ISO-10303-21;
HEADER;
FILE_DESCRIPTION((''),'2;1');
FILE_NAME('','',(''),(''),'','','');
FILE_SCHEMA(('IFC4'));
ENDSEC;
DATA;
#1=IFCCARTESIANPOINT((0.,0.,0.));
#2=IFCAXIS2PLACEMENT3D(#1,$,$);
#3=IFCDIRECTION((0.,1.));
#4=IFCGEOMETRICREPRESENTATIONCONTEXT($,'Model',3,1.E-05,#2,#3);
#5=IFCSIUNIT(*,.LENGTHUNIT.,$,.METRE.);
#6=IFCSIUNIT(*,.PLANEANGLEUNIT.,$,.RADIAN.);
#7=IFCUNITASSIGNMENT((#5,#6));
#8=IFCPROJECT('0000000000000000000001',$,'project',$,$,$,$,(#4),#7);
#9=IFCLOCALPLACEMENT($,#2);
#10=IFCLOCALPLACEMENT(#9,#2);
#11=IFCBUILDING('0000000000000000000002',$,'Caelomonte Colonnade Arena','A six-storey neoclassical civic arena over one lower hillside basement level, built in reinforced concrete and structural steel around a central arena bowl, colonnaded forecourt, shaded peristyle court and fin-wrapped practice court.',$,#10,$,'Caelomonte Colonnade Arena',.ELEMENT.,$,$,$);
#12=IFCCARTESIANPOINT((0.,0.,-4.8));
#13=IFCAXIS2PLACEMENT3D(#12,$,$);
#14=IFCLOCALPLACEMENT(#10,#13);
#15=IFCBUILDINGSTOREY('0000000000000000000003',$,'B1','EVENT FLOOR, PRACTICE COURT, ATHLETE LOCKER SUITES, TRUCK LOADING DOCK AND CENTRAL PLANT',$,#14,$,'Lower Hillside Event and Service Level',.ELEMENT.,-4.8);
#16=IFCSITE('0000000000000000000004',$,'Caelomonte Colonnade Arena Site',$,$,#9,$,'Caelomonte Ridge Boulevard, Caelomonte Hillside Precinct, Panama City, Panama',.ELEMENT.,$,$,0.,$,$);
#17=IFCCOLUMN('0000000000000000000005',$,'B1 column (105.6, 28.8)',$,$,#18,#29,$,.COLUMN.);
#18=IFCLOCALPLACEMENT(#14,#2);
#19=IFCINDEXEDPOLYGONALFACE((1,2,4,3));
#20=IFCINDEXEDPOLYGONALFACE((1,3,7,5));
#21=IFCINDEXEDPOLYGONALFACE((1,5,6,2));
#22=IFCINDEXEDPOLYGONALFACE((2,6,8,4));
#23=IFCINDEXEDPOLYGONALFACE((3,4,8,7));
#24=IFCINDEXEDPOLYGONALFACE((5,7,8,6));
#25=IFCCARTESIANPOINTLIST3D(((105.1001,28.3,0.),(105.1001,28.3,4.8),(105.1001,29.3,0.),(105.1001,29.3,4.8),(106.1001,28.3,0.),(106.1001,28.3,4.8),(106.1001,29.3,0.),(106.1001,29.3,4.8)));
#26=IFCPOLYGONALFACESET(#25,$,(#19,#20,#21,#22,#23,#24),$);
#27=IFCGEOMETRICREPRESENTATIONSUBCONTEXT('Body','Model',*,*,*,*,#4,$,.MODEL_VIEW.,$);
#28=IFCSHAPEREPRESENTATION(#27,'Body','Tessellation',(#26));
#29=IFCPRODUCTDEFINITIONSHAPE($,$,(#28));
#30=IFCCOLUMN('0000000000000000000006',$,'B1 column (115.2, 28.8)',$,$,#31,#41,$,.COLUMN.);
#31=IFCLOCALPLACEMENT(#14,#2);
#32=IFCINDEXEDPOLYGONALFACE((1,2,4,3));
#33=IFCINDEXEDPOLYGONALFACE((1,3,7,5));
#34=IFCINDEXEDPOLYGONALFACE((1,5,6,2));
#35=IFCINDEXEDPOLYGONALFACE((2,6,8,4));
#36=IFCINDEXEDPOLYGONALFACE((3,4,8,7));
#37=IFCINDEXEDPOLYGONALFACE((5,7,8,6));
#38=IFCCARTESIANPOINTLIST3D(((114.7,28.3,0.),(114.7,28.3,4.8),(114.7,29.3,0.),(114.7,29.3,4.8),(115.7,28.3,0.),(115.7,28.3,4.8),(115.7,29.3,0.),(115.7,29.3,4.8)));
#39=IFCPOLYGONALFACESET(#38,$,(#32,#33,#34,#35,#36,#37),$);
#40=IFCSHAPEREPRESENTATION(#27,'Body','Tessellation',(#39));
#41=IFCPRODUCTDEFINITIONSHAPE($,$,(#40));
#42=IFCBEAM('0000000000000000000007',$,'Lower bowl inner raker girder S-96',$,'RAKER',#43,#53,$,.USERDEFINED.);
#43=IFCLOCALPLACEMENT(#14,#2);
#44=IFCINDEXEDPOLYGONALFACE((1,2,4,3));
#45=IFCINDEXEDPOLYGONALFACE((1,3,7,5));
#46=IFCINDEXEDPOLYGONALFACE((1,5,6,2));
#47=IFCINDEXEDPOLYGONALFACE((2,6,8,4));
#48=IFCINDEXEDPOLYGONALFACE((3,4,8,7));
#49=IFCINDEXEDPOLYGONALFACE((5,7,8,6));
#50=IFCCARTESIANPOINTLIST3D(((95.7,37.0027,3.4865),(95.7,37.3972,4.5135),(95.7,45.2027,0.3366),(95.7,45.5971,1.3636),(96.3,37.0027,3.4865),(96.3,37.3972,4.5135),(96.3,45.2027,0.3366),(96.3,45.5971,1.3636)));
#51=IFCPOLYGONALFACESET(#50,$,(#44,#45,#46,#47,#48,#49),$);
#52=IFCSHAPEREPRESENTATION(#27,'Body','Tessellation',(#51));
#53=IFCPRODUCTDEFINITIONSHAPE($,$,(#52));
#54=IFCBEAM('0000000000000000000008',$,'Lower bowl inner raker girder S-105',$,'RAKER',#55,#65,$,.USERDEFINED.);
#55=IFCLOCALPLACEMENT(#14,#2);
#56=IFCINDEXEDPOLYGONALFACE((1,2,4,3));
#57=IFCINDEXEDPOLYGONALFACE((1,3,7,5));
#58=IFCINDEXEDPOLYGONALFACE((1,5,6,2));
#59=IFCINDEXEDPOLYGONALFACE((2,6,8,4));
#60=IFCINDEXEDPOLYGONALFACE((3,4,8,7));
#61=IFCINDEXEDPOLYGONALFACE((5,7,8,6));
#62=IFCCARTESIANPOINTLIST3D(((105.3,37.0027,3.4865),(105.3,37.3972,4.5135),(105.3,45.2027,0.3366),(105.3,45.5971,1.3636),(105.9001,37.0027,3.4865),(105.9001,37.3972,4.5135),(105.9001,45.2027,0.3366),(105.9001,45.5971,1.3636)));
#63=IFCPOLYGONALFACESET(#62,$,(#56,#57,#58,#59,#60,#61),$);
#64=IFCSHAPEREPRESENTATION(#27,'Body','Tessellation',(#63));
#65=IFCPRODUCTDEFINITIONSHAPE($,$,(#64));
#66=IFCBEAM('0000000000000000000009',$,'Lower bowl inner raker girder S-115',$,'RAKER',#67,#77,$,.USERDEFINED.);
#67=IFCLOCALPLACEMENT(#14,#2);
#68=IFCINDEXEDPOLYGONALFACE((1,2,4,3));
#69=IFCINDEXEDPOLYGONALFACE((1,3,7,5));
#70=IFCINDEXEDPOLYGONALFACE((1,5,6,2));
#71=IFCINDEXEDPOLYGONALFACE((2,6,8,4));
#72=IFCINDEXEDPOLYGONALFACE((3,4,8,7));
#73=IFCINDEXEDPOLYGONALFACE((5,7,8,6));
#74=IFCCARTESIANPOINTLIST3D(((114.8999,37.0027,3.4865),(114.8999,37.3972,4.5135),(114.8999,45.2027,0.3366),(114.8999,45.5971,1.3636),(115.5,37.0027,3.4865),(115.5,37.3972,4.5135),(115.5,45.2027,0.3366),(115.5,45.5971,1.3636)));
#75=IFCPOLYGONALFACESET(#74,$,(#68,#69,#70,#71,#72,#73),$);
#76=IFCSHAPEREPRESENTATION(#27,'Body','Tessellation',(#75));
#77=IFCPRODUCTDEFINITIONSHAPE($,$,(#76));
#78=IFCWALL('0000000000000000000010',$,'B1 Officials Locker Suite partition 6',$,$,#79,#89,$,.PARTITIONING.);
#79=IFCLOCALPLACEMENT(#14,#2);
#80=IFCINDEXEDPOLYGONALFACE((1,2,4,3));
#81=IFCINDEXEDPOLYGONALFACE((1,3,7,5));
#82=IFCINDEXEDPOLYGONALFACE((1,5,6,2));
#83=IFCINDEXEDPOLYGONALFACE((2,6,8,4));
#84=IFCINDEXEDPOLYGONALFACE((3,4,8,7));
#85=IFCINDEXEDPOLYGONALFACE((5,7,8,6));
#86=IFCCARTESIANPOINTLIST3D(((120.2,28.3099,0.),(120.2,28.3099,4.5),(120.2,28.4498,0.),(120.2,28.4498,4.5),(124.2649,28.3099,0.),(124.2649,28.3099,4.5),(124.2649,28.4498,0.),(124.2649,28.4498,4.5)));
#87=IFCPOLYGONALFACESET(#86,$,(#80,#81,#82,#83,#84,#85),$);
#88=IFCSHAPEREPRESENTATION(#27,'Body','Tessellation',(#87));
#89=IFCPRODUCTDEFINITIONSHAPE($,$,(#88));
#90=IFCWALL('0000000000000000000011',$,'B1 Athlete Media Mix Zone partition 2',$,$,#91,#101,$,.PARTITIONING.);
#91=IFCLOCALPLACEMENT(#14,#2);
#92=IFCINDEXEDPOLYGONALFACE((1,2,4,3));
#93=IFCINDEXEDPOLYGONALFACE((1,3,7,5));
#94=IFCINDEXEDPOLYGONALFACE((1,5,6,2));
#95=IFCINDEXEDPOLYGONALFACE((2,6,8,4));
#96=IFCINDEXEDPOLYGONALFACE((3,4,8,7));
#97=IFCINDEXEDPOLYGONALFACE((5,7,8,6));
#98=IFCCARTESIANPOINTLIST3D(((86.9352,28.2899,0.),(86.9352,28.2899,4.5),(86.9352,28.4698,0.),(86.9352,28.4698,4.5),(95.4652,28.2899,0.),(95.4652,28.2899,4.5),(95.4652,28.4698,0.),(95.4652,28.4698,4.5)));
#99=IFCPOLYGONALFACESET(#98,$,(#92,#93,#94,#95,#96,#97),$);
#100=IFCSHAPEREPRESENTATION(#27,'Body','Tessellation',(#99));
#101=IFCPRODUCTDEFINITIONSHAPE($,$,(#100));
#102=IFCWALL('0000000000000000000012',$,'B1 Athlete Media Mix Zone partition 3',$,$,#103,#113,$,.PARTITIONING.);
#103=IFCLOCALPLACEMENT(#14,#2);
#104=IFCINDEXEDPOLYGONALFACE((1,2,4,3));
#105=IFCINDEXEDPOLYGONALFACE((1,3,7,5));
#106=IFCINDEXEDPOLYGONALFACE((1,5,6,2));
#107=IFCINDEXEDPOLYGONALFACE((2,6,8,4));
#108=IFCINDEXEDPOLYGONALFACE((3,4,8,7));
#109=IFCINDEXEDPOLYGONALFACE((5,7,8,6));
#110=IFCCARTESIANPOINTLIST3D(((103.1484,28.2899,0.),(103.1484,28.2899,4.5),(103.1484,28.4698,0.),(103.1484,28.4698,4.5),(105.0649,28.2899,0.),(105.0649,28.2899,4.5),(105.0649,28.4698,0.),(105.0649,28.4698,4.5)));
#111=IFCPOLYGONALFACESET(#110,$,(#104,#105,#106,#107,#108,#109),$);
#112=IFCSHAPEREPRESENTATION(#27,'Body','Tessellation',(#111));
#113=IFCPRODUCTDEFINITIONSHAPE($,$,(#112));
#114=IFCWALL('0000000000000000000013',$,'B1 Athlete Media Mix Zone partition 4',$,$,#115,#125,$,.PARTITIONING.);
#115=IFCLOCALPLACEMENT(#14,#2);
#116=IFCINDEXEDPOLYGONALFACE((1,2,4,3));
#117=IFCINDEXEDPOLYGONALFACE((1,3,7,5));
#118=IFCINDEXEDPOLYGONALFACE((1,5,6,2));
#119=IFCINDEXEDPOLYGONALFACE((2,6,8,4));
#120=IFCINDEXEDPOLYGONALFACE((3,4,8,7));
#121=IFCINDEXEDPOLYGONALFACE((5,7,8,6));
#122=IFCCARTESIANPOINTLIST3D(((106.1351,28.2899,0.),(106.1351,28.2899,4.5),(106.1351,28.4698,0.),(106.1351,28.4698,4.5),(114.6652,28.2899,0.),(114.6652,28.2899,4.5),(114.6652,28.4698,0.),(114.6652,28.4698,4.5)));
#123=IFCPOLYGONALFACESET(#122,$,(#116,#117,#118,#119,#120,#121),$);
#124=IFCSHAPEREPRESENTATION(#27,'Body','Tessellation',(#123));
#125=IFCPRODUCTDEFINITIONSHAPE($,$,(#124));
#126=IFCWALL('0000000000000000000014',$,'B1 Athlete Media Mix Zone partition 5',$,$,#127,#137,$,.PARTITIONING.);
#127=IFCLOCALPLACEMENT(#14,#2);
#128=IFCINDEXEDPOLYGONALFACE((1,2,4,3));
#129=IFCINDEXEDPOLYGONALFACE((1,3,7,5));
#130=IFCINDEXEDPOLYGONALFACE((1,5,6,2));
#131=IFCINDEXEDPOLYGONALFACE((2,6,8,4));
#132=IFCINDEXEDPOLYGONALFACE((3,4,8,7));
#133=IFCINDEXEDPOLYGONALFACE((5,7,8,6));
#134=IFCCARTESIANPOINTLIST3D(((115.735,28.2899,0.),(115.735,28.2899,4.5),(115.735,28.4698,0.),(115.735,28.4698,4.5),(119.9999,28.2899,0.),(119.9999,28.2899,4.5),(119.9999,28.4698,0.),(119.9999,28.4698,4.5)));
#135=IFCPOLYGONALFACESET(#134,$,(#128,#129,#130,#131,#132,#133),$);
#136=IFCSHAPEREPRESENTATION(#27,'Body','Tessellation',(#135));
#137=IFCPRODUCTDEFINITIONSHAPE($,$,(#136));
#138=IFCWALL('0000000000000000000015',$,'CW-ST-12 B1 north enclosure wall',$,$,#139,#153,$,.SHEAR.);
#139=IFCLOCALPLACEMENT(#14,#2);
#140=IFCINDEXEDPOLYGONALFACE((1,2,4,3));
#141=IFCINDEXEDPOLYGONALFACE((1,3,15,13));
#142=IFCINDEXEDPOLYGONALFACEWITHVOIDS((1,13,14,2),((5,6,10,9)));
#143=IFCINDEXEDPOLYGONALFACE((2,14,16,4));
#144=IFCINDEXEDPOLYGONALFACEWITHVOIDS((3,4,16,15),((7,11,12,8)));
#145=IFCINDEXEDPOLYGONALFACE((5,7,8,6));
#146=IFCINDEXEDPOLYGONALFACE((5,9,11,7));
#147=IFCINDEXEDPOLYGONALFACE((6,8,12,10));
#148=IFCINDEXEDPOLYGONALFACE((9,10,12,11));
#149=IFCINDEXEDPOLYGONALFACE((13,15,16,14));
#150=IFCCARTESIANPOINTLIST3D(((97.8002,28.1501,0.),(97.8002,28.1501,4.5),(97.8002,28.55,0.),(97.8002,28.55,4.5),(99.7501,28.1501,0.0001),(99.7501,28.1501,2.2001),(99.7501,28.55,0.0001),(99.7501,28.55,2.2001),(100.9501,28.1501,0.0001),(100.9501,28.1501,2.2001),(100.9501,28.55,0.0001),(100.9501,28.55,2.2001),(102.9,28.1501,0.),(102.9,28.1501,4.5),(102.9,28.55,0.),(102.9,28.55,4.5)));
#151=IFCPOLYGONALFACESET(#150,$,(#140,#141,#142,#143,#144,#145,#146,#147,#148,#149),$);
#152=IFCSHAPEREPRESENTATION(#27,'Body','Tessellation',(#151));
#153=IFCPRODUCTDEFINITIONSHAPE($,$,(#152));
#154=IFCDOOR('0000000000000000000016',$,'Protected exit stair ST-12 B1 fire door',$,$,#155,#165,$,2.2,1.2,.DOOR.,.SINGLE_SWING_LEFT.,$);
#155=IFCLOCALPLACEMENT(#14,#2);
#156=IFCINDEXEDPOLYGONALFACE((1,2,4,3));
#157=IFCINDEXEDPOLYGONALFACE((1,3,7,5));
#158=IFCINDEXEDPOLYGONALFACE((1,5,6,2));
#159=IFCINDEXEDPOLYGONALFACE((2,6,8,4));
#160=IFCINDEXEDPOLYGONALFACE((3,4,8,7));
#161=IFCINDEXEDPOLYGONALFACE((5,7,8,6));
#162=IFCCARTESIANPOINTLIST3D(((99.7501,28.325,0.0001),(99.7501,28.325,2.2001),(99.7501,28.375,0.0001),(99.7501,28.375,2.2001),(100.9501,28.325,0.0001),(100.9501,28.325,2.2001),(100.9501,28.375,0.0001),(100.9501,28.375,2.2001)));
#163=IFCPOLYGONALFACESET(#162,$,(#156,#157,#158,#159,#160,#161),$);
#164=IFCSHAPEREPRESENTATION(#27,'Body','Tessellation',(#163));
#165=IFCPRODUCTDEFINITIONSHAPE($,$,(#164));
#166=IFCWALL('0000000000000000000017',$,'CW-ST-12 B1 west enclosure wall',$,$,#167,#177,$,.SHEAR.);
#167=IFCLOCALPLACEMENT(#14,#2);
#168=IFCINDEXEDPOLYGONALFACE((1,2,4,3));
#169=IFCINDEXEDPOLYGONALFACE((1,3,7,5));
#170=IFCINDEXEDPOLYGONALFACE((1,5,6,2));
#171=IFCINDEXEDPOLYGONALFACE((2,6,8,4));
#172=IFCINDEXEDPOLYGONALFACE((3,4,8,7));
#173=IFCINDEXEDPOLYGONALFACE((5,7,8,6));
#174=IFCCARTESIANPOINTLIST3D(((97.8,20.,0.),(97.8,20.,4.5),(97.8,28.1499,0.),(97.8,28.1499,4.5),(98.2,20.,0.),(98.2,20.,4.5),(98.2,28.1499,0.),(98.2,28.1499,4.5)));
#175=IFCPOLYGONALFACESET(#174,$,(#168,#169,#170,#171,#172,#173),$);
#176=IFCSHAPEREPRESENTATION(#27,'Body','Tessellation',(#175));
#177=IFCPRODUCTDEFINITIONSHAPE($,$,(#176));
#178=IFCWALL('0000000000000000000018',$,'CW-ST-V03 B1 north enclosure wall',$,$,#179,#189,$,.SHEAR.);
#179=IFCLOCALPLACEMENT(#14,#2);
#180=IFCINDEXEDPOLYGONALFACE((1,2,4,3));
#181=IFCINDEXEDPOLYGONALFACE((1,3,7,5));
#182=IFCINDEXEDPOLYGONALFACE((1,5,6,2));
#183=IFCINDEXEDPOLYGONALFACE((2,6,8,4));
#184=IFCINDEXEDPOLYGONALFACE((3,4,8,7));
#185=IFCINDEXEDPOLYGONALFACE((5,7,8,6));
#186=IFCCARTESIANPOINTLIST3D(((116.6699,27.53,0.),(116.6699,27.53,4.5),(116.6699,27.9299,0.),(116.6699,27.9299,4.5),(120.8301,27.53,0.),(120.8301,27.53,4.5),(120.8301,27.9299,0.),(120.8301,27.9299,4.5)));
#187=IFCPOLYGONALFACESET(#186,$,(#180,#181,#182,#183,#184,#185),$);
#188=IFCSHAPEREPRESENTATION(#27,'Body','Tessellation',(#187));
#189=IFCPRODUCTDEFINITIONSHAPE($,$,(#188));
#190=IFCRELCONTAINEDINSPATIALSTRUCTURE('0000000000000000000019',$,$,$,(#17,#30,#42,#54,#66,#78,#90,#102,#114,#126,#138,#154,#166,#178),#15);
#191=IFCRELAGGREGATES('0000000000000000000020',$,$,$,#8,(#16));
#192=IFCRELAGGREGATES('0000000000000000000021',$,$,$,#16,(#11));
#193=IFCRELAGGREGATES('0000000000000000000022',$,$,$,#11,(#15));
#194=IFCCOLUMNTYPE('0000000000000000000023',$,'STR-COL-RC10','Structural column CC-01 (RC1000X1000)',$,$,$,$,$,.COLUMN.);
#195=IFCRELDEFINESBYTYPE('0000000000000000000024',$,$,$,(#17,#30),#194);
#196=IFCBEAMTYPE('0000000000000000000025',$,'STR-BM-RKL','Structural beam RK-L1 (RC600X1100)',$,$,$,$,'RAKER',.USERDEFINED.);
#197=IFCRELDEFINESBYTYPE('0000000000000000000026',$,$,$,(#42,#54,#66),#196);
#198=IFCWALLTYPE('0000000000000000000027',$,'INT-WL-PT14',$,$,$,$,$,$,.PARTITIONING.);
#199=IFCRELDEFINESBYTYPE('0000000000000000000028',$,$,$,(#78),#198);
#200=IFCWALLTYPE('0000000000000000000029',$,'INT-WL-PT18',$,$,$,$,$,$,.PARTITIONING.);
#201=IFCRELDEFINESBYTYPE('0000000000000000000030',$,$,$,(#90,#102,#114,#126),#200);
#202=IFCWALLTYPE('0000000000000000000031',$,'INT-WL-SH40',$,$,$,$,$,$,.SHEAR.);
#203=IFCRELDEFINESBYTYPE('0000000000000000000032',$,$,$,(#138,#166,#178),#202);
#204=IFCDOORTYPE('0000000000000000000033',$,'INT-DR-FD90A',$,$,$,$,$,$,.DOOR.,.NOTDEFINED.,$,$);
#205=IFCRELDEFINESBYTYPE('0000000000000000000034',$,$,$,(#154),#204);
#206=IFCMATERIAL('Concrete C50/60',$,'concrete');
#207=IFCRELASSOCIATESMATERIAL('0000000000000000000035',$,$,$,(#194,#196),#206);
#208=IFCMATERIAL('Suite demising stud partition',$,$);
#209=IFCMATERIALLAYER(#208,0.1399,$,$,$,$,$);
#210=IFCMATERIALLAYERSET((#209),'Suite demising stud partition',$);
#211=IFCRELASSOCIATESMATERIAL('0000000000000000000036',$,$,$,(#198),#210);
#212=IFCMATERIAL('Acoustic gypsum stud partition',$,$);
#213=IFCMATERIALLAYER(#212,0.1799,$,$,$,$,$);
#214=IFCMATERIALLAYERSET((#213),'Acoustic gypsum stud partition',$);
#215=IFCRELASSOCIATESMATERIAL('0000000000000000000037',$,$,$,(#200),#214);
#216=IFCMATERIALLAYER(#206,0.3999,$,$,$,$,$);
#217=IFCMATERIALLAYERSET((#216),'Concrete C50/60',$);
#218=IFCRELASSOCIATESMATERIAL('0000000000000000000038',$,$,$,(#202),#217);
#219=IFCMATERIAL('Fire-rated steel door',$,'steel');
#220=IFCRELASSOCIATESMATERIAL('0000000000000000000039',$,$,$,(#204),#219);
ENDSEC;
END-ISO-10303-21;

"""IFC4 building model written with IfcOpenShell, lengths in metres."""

from ifc_helpers import new_model, si_unit, direction, frame, frame_2d, origin, origin_2d, place, context, subcontext, project, spatial, rectangle, extrude, material, layer, layer_set, material_profile, profile_set, type_object, element, fill, save


model = new_model("IFC4")

# Units and contexts
model_context = context("Model", 3, precision=1e-05, world=origin(), true_north=direction((0.0, 1.0)))
body_context = subcontext(model_context, "Body", "Model", "MODEL_VIEW")
ifc_project = project(units=[si_unit("LENGTHUNIT", "METRE"), si_unit("PLANEANGLEUNIT", "RADIAN")], contexts=[model_context])

# Site, building, storey
site_placement = place(None, origin())
site = spatial("IfcSite", under=ifc_project, at=site_placement, Name="Caelomonte Colonnade Arena Site", LongName="Caelomonte Ridge Boulevard, Caelomonte Hillside Precinct, Panama City, Panama", CompositionType="ELEMENT", RefElevation=0.0)
building_placement = place(site_placement, origin())
building = spatial("IfcBuilding", under=site, at=building_placement, Name="Caelomonte Colonnade Arena", Description="A six-storey neoclassical civic arena over one lower hillside basement level, built in reinforced concrete and structural steel around a central arena bowl, colonnaded forecourt, shaded peristyle court and fin-wrapped practice court.", LongName="Caelomonte Colonnade Arena", CompositionType="ELEMENT")
storey_placement = place(building_placement, frame((0.0, 0.0, -4.8)))
storey = spatial("IfcBuildingStorey", under=building, at=storey_placement, Name="B1", Description="EVENT FLOOR, PRACTICE COURT, ATHLETE LOCKER SUITES, TRUCK LOADING DOCK AND CENTRAL PLANT", LongName="Lower Hillside Event and Service Level", CompositionType="ELEMENT", Elevation=-4.8)

# Columns
ifc_material_1 = material(Name="Concrete C50/60", Category="concrete")
ifc_material_profile_1 = material_profile(ifc_material_1, rectangle(XDim=1.0, YDim=1.0, at=origin_2d()), Name="RC1000X1000")
ifc_profile_set_1 = profile_set([ifc_material_profile_1], Name="Concrete C50/60")
column_type_1 = type_object("IfcColumnType", Name="STR-COL-RC10", Description="Structural column CC-01 (RC1000X1000)", PredefinedType="COLUMN", material=ifc_profile_set_1)
for number, where, z_axis, x_axis, name in (
    (1, (105.6001, 28.8, 0.0), (0.0, 0.0, 1.0), (1.0, 0.0, 0.0), "B1 column (105.6, 28.8)"),
    (2, (115.2, 28.8, 0.0), (0.0, 0.0, 1.0), (1.0, 0.0, 0.0), "B1 column (115.2, 28.8)"),
):
    element("IfcColumn", number, at=place(storey_placement, frame(where, z_axis=z_axis, x_axis=x_axis)), inside=storey, type_object=column_type_1, Name=name, PredefinedType="COLUMN", context=body_context, shape_type="SweptSolid", body=[
        extrude(rectangle(XDim=1.0, YDim=1.0, at=origin_2d()), origin(), (0.0, 0.0, 1.0), 4.8),
    ])

# Beams
ifc_material_profile_2 = material_profile(ifc_material_1, rectangle(XDim=0.6001, YDim=1.1001, at=origin_2d()), Name="RC600X1100")
ifc_profile_set_2 = profile_set([ifc_material_profile_2], Name="Concrete C50/60")
beam_type = type_object("IfcBeamType", Name="STR-BM-RKL", Description="Structural beam RK-L1 (RC600X1100)", ElementType="RAKER", PredefinedType="USERDEFINED", material=ifc_profile_set_2)
for number, where, z_axis, x_axis, name in (
    (3, (96.0, 45.3999, 0.8501), (0.0, -0.933495, 0.35859), (1.0, 0.0, 0.0), "Lower bowl inner raker girder S-96"),
    (4, (105.6001, 45.3999, 0.8501), (0.0, -0.933495, 0.35859), (1.0, 0.0, 0.0), "Lower bowl inner raker girder S-105"),
    (5, (115.2, 45.3999, 0.8501), (0.0, -0.933495, 0.35859), (1.0, 0.0, 0.0), "Lower bowl inner raker girder S-115"),
):
    element("IfcBeam", number, at=place(storey_placement, frame(where, z_axis=z_axis, x_axis=x_axis)), inside=storey, type_object=beam_type, Name=name, ObjectType="RAKER", PredefinedType="USERDEFINED", context=body_context, shape_type="SweptSolid", body=[
        extrude(rectangle(XDim=0.6001, YDim=1.1001, at=origin_2d()), origin(), (0.0, 0.0, 1.0), 8.7842),
    ])

# Walls
ifc_material_2 = material(Name="Suite demising stud partition")
ifc_layer_1 = layer(ifc_material_2, 0.1399)
ifc_layer_set_1 = layer_set([ifc_layer_1], Name="Suite demising stud partition")
wall_type_1 = type_object("IfcWallType", Name="INT-WL-PT14", PredefinedType="PARTITIONING", material=ifc_layer_set_1)
wall_1_placement = place(storey_placement, frame((120.2, 28.3799, 0.0), z_axis=(0.0, 0.0, 1.0), x_axis=(1.0, 0.0, 0.0)))
element("IfcWall", 6, at=wall_1_placement, inside=storey, type_object=wall_type_1, Name="B1 Officials Locker Suite partition 6", PredefinedType="PARTITIONING", context=body_context, shape_type="SweptSolid", body=[
    extrude(rectangle(XDim=4.0649, YDim=0.1399, at=frame_2d((2.0325, 0.0))), origin(), (0.0, 0.0, 1.0), 4.5),
])
ifc_material_3 = material(Name="Acoustic gypsum stud partition")
ifc_layer_2 = layer(ifc_material_3, 0.1799)
ifc_layer_set_2 = layer_set([ifc_layer_2], Name="Acoustic gypsum stud partition")
wall_type_2 = type_object("IfcWallType", Name="INT-WL-PT18", PredefinedType="PARTITIONING", material=ifc_layer_set_2)
wall_2_placement = place(storey_placement, frame((86.9351, 28.3799, 0.0), z_axis=(0.0, 0.0, 1.0), x_axis=(1.0, 0.0, 0.0)))
element("IfcWall", 7, at=wall_2_placement, inside=storey, type_object=wall_type_2, Name="B1 Athlete Media Mix Zone partition 2", PredefinedType="PARTITIONING", context=body_context, shape_type="SweptSolid", body=[
    extrude(rectangle(XDim=8.53, YDim=0.1799, at=frame_2d((4.2651, 0.0))), origin(), (0.0, 0.0, 1.0), 4.5),
])
wall_3_placement = place(storey_placement, frame((103.1484, 28.3799, 0.0), z_axis=(0.0, 0.0, 1.0), x_axis=(1.0, 0.0, 0.0)))
element("IfcWall", 8, at=wall_3_placement, inside=storey, type_object=wall_type_2, Name="B1 Athlete Media Mix Zone partition 3", PredefinedType="PARTITIONING", context=body_context, shape_type="SweptSolid", body=[
    extrude(rectangle(XDim=1.9165, YDim=0.1799, at=frame_2d((0.9583, 0.0))), origin(), (0.0, 0.0, 1.0), 4.5),
])
wall_4_placement = place(storey_placement, frame((106.135, 28.3799, 0.0), z_axis=(0.0, 0.0, 1.0), x_axis=(1.0, 0.0, 0.0)))
element("IfcWall", 9, at=wall_4_placement, inside=storey, type_object=wall_type_2, Name="B1 Athlete Media Mix Zone partition 4", PredefinedType="PARTITIONING", context=body_context, shape_type="SweptSolid", body=[
    extrude(rectangle(XDim=8.53, YDim=0.1799, at=frame_2d((4.2651, 0.0))), origin(), (0.0, 0.0, 1.0), 4.5),
])
wall_5_placement = place(storey_placement, frame((115.7351, 28.3799, 0.0), z_axis=(0.0, 0.0, 1.0), x_axis=(1.0, 0.0, 0.0)))
element("IfcWall", 10, at=wall_5_placement, inside=storey, type_object=wall_type_2, Name="B1 Athlete Media Mix Zone partition 5", PredefinedType="PARTITIONING", context=body_context, shape_type="SweptSolid", body=[
    extrude(rectangle(XDim=4.2649, YDim=0.1799, at=frame_2d((2.1323, 0.0))), origin(), (0.0, 0.0, 1.0), 4.5),
])

# Wall, opening, door
ifc_layer_3 = layer(ifc_material_1, 0.3999)
ifc_layer_set_3 = layer_set([ifc_layer_3], Name="Concrete C50/60")
wall_type_3 = type_object("IfcWallType", Name="INT-WL-SH40", PredefinedType="SHEAR", material=ifc_layer_set_3)
wall_6_placement = place(storey_placement, frame((102.8999, 28.3501, 0.0), z_axis=(0.0, 0.0, 1.0), x_axis=(-1.0, 0.0, 0.0)))
wall_6 = element("IfcWall", 11, at=wall_6_placement, inside=storey, type_object=wall_type_3, Name="CW-ST-12 B1 north enclosure wall", PredefinedType="SHEAR", context=body_context, shape_type="SweptSolid", body=[
    extrude(rectangle(XDim=5.0999, YDim=0.3999, at=frame_2d((2.5498, 0.0))), origin(), (0.0, 0.0, 1.0), 4.5),
])
opening_placement = place(wall_6_placement, frame((3.1499, 0.0, 0.0), z_axis=(0.0, 0.0, 1.0), x_axis=(-1.0, 0.0, 0.0)))
opening = element("IfcOpeningElement", 12, at=opening_placement, cuts=wall_6, PredefinedType="OPENING", context=body_context, shape_type="SweptSolid", body=[
    extrude(rectangle(XDim=1.2, YDim=2.2, at=frame_2d((0.6001, 1.1001))), frame((0.0, 0.21, 0.0), z_axis=(0.0, -1.0, 0.0), x_axis=(1.0, 0.0, 0.0)), (0.0, 0.0, 1.0), 0.4199),
])
ifc_material_4 = material(Name="Fire-rated steel door", Category="steel")
door_type = type_object("IfcDoorType", Name="INT-DR-FD90A", OperationType="NOTDEFINED", PredefinedType="DOOR", material=ifc_material_4)
door_placement = place(opening_placement, origin())
door = element("IfcDoor", 13, at=door_placement, inside=storey, type_object=door_type, Name="Protected exit stair ST-12 B1 fire door", OperationType="SINGLE_SWING_LEFT", OverallHeight=2.2, OverallWidth=1.2, PredefinedType="DOOR", context=body_context, shape_type="SweptSolid", body=[
    extrude(rectangle(XDim=1.2, YDim=2.2, at=frame_2d((0.6001, 1.1001))), frame((0.0, 0.0249, 0.0), z_axis=(0.0, -1.0, 0.0), x_axis=(1.0, 0.0, 0.0)), (0.0, 0.0, 1.0), 0.05),
])
fill(opening, door)

# Walls
wall_7_placement = place(storey_placement, frame((98.0, 28.1499, 0.0), z_axis=(0.0, 0.0, 1.0), x_axis=(0.0, -1.0, 0.0)))
element("IfcWall", 14, at=wall_7_placement, inside=storey, type_object=wall_type_3, Name="CW-ST-12 B1 west enclosure wall", PredefinedType="SHEAR", context=body_context, shape_type="SweptSolid", body=[
    extrude(rectangle(XDim=8.1499, YDim=0.3999, at=frame_2d((4.075, 0.0))), origin(), (0.0, 0.0, 1.0), 4.5),
])
wall_8_placement = place(storey_placement, frame((120.8301, 27.73, 0.0), z_axis=(0.0, 0.0, 1.0), x_axis=(-1.0, 0.0, 0.0)))
element("IfcWall", 15, at=wall_8_placement, inside=storey, type_object=wall_type_3, Name="CW-ST-V03 B1 north enclosure wall", PredefinedType="SHEAR", context=body_context, shape_type="SweptSolid", body=[
    extrude(rectangle(XDim=4.1602, YDim=0.3999, at=frame_2d((2.0801, 0.0))), origin(), (0.0, 0.0, 1.0), 4.5),
])

save(model, "model.ifc")
